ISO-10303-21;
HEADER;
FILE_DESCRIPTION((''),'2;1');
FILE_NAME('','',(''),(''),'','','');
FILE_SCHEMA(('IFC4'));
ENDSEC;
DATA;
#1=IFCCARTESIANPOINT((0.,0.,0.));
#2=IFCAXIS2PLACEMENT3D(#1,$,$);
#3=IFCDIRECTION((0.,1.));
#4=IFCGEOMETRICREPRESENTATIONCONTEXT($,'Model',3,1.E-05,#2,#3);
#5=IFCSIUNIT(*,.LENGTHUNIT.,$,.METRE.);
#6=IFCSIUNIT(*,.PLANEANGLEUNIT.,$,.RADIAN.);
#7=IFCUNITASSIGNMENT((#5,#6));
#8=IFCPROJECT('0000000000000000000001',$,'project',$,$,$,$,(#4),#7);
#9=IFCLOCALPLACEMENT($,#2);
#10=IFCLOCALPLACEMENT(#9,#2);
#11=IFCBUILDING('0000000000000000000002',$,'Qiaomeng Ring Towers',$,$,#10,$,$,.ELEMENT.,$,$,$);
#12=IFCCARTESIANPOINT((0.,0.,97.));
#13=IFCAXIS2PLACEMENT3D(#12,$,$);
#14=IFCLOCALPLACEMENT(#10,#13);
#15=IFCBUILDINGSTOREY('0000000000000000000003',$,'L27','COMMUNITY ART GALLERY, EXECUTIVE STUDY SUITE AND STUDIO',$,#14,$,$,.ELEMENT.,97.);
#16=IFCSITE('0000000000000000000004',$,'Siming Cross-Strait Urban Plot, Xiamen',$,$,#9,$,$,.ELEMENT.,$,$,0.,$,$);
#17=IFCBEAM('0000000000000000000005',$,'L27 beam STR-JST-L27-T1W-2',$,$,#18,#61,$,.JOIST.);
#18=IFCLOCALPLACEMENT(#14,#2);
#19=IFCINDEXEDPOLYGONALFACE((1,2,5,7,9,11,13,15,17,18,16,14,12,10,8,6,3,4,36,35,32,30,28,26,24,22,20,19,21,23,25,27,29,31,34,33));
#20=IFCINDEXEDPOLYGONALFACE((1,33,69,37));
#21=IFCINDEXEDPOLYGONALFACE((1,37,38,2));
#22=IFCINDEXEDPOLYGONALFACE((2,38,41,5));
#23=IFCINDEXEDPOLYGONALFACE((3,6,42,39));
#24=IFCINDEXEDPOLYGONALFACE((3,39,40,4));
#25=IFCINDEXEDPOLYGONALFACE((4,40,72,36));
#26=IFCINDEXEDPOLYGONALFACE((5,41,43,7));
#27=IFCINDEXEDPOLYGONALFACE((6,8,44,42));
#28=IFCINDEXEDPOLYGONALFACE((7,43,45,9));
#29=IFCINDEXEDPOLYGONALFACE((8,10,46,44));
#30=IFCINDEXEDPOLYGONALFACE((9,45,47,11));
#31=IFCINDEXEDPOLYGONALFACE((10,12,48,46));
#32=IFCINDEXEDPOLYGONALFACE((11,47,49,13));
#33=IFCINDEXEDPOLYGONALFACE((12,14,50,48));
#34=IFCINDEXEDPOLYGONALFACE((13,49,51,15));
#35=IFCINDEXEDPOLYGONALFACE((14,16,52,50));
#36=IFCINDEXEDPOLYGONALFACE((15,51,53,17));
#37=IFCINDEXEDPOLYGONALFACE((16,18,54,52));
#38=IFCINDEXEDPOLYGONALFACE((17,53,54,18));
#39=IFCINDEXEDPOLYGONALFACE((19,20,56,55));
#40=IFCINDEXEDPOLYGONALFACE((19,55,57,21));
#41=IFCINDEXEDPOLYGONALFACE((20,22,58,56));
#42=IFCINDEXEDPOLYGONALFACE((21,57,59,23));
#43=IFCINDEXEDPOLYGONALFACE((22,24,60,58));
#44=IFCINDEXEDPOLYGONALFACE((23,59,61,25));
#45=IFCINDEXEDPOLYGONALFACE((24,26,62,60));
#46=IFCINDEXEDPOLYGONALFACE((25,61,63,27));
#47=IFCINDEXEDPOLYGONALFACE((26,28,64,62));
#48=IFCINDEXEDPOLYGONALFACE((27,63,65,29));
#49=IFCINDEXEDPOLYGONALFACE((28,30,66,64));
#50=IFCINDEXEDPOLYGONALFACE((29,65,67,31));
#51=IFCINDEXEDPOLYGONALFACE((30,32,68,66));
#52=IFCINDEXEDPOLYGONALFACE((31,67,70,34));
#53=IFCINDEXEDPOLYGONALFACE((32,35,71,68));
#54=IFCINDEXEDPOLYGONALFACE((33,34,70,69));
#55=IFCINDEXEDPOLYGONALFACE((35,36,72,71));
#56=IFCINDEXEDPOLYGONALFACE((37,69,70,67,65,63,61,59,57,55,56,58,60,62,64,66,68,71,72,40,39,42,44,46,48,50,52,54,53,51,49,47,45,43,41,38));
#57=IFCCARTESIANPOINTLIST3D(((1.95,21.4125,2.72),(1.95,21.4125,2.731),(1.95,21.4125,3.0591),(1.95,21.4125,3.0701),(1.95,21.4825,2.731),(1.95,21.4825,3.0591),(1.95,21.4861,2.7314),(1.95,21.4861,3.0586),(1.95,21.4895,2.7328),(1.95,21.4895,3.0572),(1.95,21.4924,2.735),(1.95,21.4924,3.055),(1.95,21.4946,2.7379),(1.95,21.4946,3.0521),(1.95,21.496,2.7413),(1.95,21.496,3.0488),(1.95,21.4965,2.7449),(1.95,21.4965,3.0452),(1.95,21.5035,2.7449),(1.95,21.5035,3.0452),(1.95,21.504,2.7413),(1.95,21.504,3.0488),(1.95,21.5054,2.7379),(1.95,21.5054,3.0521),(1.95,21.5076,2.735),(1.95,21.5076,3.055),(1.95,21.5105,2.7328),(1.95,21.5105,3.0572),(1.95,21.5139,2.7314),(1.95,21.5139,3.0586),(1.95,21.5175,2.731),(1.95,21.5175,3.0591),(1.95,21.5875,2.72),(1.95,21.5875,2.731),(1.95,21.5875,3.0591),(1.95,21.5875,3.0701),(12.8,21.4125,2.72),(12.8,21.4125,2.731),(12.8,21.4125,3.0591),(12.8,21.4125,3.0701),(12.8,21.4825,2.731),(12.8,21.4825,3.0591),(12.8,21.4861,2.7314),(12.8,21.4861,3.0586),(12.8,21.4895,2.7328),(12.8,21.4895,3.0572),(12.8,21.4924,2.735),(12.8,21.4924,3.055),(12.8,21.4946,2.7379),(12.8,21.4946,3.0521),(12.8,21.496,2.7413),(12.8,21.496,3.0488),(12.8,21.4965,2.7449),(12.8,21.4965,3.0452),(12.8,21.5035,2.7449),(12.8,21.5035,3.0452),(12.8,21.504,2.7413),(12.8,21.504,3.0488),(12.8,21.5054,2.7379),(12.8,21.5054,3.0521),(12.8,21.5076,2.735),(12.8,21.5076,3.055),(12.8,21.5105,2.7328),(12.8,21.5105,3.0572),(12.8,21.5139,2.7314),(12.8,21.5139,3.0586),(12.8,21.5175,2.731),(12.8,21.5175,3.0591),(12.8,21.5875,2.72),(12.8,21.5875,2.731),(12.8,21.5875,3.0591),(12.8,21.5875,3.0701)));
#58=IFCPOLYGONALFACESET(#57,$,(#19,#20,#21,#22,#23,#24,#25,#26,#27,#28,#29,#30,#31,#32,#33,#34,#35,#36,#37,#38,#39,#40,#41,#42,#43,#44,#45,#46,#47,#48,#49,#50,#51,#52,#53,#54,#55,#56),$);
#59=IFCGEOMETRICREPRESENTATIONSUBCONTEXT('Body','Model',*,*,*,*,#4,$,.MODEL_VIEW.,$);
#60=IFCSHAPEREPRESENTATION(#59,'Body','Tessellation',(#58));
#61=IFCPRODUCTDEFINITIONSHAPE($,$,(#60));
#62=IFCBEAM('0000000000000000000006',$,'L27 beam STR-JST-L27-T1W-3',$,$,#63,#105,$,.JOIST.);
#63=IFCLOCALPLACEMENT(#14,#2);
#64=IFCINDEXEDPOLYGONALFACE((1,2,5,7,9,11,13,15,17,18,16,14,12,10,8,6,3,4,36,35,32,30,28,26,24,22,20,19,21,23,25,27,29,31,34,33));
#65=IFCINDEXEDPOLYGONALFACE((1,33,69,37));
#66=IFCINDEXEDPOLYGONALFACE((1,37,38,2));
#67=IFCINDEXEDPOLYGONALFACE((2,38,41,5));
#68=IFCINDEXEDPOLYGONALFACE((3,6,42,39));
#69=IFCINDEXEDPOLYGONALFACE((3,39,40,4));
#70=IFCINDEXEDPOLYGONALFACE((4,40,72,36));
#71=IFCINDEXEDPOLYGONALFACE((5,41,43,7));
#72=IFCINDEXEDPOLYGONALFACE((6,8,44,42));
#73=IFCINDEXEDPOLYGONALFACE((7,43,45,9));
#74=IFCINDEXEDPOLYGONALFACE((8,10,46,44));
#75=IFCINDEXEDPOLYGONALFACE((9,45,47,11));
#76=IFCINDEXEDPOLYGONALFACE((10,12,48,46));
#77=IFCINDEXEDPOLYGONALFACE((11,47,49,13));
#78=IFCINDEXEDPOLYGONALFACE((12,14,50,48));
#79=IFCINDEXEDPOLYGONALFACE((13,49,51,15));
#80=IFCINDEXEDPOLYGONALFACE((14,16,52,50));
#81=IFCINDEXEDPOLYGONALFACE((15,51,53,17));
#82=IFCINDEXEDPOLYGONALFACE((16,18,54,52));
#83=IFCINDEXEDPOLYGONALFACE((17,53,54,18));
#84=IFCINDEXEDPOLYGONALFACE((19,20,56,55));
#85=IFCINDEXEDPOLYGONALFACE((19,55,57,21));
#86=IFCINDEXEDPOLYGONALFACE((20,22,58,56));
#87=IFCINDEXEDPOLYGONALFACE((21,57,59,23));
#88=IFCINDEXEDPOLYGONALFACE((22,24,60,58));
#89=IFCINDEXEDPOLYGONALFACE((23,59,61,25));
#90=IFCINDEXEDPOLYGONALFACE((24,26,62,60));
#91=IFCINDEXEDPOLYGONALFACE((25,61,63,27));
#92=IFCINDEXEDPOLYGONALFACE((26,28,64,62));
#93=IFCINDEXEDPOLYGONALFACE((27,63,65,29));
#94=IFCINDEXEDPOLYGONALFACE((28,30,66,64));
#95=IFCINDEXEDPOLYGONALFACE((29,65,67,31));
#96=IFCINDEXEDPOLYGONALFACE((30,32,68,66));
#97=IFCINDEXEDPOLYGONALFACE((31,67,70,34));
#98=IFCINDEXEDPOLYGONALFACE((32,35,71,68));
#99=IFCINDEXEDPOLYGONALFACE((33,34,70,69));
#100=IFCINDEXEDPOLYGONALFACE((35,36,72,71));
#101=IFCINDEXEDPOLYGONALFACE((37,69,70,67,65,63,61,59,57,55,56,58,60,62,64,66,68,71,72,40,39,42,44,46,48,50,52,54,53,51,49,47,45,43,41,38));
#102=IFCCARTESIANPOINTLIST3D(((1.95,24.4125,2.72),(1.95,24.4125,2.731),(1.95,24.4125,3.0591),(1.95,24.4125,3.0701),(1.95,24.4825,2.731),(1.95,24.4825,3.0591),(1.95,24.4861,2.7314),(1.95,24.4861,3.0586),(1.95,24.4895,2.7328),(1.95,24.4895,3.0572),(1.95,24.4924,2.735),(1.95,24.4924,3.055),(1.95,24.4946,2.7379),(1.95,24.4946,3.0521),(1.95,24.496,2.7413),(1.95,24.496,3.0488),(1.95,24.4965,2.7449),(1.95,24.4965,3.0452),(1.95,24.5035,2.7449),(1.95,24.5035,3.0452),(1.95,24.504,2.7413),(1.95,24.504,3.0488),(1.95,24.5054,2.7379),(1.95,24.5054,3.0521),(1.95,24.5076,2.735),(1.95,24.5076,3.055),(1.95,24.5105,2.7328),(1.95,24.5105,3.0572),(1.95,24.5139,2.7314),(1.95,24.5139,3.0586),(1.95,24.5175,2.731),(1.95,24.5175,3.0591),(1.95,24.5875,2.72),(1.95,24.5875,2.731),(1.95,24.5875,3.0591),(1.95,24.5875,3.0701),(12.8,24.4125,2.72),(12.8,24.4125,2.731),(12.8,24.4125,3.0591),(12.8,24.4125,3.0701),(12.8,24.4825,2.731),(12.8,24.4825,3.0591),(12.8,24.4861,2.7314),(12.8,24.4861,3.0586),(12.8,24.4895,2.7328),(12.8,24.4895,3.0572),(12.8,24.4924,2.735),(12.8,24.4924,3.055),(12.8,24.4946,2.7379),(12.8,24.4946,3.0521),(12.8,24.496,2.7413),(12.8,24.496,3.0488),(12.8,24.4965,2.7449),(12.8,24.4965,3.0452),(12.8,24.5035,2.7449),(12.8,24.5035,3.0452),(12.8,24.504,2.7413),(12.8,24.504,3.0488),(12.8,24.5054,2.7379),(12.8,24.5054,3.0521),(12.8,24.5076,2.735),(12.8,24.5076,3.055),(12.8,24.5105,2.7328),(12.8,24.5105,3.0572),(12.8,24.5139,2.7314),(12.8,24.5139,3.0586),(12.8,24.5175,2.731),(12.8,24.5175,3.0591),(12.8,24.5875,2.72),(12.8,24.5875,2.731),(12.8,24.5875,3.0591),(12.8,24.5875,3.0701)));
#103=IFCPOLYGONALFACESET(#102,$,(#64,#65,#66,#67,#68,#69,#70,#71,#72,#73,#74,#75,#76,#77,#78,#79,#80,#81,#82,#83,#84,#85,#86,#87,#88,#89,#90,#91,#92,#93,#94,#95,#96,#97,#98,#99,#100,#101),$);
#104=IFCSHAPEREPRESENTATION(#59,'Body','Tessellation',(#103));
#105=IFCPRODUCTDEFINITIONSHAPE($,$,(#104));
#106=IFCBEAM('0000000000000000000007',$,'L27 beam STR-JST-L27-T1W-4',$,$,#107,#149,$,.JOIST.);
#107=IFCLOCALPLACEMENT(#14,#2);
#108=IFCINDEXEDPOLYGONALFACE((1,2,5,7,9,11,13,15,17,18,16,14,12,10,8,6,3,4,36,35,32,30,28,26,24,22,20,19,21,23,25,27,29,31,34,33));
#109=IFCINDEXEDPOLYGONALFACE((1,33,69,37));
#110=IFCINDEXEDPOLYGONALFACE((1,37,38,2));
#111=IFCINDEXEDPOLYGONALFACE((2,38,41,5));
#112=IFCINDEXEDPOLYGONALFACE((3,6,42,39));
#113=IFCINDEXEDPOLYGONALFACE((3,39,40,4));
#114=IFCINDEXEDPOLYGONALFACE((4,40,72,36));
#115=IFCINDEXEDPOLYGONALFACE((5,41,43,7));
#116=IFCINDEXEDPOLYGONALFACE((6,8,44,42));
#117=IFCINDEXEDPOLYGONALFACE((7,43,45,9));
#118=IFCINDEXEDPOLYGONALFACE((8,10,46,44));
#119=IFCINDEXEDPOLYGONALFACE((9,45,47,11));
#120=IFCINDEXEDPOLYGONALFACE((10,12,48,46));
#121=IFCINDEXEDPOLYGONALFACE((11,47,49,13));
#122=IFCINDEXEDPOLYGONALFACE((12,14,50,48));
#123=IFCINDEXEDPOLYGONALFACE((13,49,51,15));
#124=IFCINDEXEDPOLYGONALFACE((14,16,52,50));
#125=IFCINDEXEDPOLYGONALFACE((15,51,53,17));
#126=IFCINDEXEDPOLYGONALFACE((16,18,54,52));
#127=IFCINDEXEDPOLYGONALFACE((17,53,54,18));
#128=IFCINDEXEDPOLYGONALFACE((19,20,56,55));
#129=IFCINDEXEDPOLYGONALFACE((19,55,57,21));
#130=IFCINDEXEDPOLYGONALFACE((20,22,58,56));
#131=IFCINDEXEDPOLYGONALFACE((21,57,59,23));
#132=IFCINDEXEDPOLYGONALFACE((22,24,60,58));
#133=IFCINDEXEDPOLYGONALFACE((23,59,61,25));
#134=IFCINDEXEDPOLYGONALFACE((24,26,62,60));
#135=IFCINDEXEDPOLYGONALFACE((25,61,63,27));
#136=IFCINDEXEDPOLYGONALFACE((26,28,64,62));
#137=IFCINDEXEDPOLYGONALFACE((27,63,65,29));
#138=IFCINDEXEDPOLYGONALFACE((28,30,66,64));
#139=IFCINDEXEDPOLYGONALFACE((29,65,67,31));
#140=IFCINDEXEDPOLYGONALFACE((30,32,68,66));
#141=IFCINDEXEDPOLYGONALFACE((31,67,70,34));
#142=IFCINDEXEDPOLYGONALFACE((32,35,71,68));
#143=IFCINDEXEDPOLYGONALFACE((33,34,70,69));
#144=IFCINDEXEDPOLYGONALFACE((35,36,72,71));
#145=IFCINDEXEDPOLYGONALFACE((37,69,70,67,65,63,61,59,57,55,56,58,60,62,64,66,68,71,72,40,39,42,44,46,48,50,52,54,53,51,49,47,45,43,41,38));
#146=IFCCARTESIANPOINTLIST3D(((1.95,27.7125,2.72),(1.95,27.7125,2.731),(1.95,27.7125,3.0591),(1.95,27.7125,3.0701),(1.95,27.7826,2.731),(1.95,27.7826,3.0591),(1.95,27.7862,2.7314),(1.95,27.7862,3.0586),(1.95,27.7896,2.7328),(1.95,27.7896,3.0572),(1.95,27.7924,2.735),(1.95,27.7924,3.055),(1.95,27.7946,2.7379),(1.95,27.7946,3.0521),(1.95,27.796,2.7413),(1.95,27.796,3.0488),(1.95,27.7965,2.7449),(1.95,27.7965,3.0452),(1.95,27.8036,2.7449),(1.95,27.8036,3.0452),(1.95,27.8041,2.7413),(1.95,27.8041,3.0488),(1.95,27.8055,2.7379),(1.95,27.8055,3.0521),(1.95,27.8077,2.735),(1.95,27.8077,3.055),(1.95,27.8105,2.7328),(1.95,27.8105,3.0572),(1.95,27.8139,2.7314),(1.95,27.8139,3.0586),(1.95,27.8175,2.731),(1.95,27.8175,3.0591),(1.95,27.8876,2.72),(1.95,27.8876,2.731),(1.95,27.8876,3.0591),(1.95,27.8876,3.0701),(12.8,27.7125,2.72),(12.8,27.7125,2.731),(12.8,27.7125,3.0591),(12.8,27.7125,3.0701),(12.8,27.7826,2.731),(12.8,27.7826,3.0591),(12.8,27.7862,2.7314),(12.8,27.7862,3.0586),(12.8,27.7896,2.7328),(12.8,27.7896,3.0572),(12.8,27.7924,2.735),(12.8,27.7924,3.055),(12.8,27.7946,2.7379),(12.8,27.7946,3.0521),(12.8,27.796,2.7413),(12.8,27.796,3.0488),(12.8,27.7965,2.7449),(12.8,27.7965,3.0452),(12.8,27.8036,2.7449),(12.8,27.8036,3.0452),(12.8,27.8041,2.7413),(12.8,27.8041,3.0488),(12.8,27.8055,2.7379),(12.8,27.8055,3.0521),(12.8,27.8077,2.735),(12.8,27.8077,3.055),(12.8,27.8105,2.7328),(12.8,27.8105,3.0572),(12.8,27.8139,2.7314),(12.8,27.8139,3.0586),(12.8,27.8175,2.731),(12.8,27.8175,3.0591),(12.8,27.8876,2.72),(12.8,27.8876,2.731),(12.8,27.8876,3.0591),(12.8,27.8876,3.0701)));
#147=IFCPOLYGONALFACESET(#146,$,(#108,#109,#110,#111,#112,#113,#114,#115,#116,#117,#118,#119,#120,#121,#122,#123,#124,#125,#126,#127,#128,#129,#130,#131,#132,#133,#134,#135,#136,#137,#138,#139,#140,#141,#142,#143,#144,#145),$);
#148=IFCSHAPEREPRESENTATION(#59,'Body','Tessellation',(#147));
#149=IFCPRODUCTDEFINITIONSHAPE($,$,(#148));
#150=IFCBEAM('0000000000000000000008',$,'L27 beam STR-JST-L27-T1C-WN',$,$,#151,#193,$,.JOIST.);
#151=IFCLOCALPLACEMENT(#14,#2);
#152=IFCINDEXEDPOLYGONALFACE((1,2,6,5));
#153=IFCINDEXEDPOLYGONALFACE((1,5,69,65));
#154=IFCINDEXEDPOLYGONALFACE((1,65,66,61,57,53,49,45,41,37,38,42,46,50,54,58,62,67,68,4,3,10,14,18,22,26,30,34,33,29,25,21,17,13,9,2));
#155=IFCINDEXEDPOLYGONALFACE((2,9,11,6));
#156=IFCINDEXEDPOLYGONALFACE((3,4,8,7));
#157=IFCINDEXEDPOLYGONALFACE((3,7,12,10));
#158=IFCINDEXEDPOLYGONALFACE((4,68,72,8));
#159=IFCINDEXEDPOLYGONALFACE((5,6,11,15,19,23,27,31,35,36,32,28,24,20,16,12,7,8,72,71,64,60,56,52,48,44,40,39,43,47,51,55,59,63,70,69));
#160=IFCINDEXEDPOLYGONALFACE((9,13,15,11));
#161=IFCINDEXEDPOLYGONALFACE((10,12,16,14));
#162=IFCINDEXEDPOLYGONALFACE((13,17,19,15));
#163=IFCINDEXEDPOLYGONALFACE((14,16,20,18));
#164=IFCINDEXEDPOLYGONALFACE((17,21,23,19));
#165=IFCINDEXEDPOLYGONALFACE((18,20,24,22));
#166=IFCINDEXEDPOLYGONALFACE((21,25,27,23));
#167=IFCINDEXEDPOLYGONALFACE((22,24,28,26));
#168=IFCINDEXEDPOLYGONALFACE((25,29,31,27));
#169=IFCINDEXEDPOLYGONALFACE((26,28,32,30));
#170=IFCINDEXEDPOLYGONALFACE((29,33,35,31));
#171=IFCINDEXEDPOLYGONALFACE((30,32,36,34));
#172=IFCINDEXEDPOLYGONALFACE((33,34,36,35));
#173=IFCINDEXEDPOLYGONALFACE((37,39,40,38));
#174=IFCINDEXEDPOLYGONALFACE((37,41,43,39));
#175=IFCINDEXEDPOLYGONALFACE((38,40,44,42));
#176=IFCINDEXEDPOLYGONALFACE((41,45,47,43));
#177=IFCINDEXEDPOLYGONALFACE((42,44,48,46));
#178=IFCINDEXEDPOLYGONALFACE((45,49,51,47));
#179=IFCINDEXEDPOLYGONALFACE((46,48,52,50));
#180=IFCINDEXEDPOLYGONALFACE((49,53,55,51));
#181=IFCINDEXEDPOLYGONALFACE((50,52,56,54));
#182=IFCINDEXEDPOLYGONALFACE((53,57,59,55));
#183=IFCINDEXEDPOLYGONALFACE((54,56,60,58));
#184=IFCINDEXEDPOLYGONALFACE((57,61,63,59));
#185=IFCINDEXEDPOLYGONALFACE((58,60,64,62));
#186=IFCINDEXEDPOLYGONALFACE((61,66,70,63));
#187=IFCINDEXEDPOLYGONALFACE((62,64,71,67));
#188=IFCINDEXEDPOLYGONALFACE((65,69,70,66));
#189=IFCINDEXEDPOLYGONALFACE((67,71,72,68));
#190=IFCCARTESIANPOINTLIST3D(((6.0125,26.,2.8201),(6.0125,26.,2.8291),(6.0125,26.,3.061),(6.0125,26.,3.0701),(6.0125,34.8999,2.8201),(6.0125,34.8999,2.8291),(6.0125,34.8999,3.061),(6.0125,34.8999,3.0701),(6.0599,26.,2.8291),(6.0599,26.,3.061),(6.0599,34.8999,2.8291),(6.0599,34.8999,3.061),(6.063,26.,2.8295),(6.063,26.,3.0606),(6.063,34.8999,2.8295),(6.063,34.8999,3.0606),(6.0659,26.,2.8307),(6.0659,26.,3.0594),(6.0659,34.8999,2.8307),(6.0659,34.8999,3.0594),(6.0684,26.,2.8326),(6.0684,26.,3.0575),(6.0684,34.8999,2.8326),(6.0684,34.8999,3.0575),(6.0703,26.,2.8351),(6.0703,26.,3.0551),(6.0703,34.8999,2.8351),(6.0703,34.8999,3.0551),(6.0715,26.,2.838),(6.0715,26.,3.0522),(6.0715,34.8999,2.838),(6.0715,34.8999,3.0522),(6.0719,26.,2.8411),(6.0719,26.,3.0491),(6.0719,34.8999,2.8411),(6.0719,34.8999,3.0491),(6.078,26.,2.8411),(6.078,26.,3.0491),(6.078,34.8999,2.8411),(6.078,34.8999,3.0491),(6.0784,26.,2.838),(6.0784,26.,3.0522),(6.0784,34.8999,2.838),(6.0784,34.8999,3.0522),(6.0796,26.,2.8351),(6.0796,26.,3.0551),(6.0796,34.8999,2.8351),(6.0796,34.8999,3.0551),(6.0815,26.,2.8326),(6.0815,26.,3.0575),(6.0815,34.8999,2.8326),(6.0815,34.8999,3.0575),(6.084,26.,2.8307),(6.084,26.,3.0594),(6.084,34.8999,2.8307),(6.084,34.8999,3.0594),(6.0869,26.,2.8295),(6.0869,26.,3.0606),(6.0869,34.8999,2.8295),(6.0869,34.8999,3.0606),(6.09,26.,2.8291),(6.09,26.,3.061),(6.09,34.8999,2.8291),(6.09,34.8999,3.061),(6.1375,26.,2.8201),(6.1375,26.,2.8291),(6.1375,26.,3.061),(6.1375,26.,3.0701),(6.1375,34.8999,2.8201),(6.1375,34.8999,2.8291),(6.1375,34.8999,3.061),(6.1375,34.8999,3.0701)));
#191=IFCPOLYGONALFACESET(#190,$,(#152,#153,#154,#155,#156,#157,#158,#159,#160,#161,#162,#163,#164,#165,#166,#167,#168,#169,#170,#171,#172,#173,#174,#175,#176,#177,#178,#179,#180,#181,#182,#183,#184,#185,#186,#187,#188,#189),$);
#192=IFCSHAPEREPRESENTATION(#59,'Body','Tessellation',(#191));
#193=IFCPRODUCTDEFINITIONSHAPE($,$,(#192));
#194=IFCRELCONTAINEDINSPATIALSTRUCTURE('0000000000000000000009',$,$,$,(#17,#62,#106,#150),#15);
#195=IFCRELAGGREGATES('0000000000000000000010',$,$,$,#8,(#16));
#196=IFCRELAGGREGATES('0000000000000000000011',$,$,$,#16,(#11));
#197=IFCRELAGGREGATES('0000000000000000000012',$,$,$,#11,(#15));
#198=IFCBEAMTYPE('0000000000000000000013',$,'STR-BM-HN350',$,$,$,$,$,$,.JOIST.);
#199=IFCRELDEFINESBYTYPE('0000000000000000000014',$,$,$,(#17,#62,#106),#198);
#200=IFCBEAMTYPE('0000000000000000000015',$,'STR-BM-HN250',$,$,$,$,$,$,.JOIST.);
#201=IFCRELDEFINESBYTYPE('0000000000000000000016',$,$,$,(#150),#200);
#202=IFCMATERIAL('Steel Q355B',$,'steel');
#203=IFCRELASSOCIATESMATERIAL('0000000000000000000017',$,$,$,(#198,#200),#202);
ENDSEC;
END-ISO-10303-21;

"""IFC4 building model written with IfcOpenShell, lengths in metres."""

from ifc_helpers import new_model, si_unit, direction, frame, origin, origin_2d, place, context, subcontext, project, spatial, i_section, extrude, source, transform, mapped, material, material_profile, profile_set, type_object, element, save


model = new_model("IFC4")

# Units and contexts
model_context = context("Model", 3, precision=1e-05, world=origin(), true_north=direction((0.0, 1.0)))
body_context = subcontext(model_context, "Body", "Model", "MODEL_VIEW")
ifc_project = project(units=[si_unit("LENGTHUNIT", "METRE"), si_unit("PLANEANGLEUNIT", "RADIAN")], contexts=[model_context])

# Site, building, storey
site_placement = place(None, origin())
site = spatial("IfcSite", under=ifc_project, at=site_placement, Name="Siming Cross-Strait Urban Plot, Xiamen", CompositionType="ELEMENT", RefElevation=0.0)
building_placement = place(site_placement, origin())
building = spatial("IfcBuilding", under=site, at=building_placement, Name="Qiaomeng Ring Towers", CompositionType="ELEMENT")
storey_placement = place(building_placement, frame((0.0, 0.0, 97.0)))
storey = spatial("IfcBuildingStorey", under=building, at=storey_placement, Name="L27", Description="COMMUNITY ART GALLERY, EXECUTIVE STUDY SUITE AND STUDIO", CompositionType="ELEMENT", Elevation=97.0)

# Beams
ifc_material_1 = material(Name="Steel Q355B", Category="steel")
ifc_material_profile_1 = material_profile(ifc_material_1, i_section(OverallWidth=0.175, OverallDepth=0.3501, WebThickness=0.0071, FlangeThickness=0.011, FilletRadius=0.0139, at=origin_2d()), Name="HN 350x175x7x11")
ifc_profile_set_1 = profile_set([ifc_material_profile_1], Name="Steel Q355B")
beam_type_1 = type_object("IfcBeamType", Name="STR-BM-HN350", PredefinedType="JOIST", material=ifc_profile_set_1)
shared_shape_1 = source(origin(), body_context, "Body", "SweptSolid", [
    extrude(i_section(OverallWidth=0.175, OverallDepth=0.3501, WebThickness=0.0071, FlangeThickness=0.011, FilletRadius=0.0139, at=origin_2d()), origin(), (0.0, 0.0, 1.0), 10.8501),
])
for number, where, z_axis, x_axis, name in (
    (1, (1.95, 21.5, 2.895), (1.0, 0.0, 0.0), (0.0, 1.0, 0.0), "L27 beam STR-JST-L27-T1W-2"),
    (2, (1.95, 24.5, 2.895), (1.0, 0.0, 0.0), (0.0, 1.0, 0.0), "L27 beam STR-JST-L27-T1W-3"),
    (3, (1.95, 27.8, 2.895), (1.0, 0.0, 0.0), (0.0, 1.0, 0.0), "L27 beam STR-JST-L27-T1W-4"),
):
    element("IfcBeam", number, at=place(storey_placement, frame(where, z_axis=z_axis, x_axis=x_axis)), inside=storey, type_object=beam_type_1, Name=name, PredefinedType="JOIST", context=body_context, shape_type="MappedRepresentation", body=[
        mapped(shared_shape_1, transform((0.0, 0.0, 0.0), x_axis=(1.0, 0.0, 0.0), y_axis=(0.0, 1.0, 0.0), z_axis=(0.0, 0.0, 1.0), scale=1.0)),
    ])
ifc_material_profile_2 = material_profile(ifc_material_1, i_section(OverallWidth=0.125, OverallDepth=0.25, WebThickness=0.0061, FlangeThickness=0.009, FilletRadius=0.012, at=origin_2d()), Name="HN 250x125x6x9")
ifc_profile_set_2 = profile_set([ifc_material_profile_2], Name="Steel Q355B")
beam_type_2 = type_object("IfcBeamType", Name="STR-BM-HN250", PredefinedType="JOIST", material=ifc_profile_set_2)
shared_shape_2 = source(origin(), body_context, "Body", "SweptSolid", [
    extrude(i_section(OverallWidth=0.125, OverallDepth=0.25, WebThickness=0.0061, FlangeThickness=0.009, FilletRadius=0.012, at=origin_2d()), origin(), (0.0, 0.0, 1.0), 8.8999),
])
beam_1_placement = place(storey_placement, frame((6.075, 26.0, 2.9451), z_axis=(0.0, 1.0, 0.0), x_axis=(-1.0, 0.0, 0.0)))
element("IfcBeam", 4, at=beam_1_placement, inside=storey, type_object=beam_type_2, Name="L27 beam STR-JST-L27-T1C-WN", PredefinedType="JOIST", context=body_context, shape_type="MappedRepresentation", body=[
    mapped(shared_shape_2, transform((0.0, 0.0, 0.0), x_axis=(1.0, 0.0, 0.0), y_axis=(0.0, 1.0, 0.0), z_axis=(0.0, 0.0, 1.0), scale=1.0)),
])

save(model, "model.ifc")
